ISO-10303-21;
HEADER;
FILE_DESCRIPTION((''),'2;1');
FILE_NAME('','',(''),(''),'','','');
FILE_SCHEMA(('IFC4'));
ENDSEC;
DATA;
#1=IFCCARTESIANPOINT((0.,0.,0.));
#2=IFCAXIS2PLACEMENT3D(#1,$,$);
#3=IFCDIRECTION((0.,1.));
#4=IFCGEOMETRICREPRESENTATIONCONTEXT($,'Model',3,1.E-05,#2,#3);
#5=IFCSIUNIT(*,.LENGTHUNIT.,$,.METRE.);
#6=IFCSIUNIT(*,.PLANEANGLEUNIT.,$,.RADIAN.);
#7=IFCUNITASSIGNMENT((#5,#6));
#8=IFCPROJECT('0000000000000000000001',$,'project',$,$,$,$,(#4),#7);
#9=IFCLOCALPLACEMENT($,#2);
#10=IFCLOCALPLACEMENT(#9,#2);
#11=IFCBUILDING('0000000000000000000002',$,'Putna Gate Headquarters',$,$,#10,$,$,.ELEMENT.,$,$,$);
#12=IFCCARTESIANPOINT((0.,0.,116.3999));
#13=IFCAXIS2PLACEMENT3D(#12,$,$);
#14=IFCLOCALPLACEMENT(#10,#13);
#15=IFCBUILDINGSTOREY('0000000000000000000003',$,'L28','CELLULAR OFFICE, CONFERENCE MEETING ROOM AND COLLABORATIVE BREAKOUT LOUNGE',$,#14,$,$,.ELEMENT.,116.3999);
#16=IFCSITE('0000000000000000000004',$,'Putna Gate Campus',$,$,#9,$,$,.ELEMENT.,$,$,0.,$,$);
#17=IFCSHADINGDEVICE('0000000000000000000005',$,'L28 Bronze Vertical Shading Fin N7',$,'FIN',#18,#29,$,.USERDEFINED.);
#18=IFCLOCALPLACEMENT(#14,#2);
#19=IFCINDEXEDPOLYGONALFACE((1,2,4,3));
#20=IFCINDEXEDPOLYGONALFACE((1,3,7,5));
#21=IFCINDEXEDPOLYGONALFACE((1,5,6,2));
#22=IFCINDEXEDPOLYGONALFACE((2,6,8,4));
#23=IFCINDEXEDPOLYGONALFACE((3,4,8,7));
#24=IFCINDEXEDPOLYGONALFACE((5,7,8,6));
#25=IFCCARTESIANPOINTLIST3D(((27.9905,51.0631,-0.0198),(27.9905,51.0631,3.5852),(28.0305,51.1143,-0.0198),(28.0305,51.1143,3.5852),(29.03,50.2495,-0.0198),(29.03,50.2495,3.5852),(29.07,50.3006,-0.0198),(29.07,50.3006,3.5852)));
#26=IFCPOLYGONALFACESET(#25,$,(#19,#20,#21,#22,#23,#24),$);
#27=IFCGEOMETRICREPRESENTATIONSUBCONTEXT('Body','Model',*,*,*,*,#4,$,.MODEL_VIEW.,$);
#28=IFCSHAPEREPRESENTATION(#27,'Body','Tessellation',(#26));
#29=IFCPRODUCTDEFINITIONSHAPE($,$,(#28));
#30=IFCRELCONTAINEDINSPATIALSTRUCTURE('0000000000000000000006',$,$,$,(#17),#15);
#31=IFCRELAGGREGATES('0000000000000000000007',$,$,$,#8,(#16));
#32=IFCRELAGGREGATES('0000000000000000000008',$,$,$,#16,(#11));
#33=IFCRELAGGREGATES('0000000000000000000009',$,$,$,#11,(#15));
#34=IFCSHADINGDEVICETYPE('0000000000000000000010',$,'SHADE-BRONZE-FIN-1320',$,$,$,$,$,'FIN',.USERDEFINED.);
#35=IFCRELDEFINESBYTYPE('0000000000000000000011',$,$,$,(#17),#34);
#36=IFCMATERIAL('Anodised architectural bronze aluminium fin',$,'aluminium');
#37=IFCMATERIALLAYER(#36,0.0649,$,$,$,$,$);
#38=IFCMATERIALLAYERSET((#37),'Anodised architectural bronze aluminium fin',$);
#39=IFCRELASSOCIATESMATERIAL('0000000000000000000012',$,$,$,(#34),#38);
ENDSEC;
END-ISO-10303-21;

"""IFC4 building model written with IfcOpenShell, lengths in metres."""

from ifc_helpers import new_model, si_unit, direction, frame, origin, origin_2d, place, context, subcontext, project, spatial, rectangle, extrude, material, layer, layer_set, type_object, element, save


model = new_model("IFC4")

# Units and contexts
model_context = context("Model", 3, precision=1e-05, world=origin(), true_north=direction((0.0, 1.0)))
body_context = subcontext(model_context, "Body", "Model", "MODEL_VIEW")
ifc_project = project(units=[si_unit("LENGTHUNIT", "METRE"), si_unit("PLANEANGLEUNIT", "RADIAN")], contexts=[model_context])

# Site, building, storey
site_placement = place(None, origin())
site = spatial("IfcSite", under=ifc_project, at=site_placement, Name="Putna Gate Campus", CompositionType="ELEMENT", RefElevation=0.0)
building_placement = place(site_placement, origin())
building = spatial("IfcBuilding", under=site, at=building_placement, Name="Putna Gate Headquarters", CompositionType="ELEMENT")
storey_placement = place(building_placement, frame((0.0, 0.0, 116.3999)))
storey = spatial("IfcBuildingStorey", under=building, at=storey_placement, Name="L28", Description="CELLULAR OFFICE, CONFERENCE MEETING ROOM AND COLLABORATIVE BREAKOUT LOUNGE", CompositionType="ELEMENT", Elevation=116.3999)

# Shading device
ifc_material_1 = material(Name="Anodised architectural bronze aluminium fin", Category="aluminium")
ifc_layer_1 = layer(ifc_material_1, 0.0649)
ifc_layer_set_1 = layer_set([ifc_layer_1], Name="Anodised architectural bronze aluminium fin")
shading_device_type = type_object("IfcShadingDeviceType", Name="SHADE-BRONZE-FIN-1320", ElementType="FIN", PredefinedType="USERDEFINED", material=ifc_layer_set_1)
for number, where, z_axis, x_axis, name in (
    (1, (28.5303, 50.6819, -0.0198), (0.0, 0.0, 1.0), (-0.787473, 0.616349, 0.0), "L28 Bronze Vertical Shading Fin N7"),
):
    element("IfcShadingDevice", number, at=place(storey_placement, frame(where, z_axis=z_axis, x_axis=x_axis)), inside=storey, type_object=shading_device_type, Name=name, ObjectType="FIN", PredefinedType="USERDEFINED", context=body_context, shape_type="SweptSolid", body=[
        extrude(rectangle(XDim=1.3201, YDim=0.0649, at=origin_2d()), origin(), (0.0, 0.0, 1.0), 3.605),
    ])

save(model, "model.ifc")
